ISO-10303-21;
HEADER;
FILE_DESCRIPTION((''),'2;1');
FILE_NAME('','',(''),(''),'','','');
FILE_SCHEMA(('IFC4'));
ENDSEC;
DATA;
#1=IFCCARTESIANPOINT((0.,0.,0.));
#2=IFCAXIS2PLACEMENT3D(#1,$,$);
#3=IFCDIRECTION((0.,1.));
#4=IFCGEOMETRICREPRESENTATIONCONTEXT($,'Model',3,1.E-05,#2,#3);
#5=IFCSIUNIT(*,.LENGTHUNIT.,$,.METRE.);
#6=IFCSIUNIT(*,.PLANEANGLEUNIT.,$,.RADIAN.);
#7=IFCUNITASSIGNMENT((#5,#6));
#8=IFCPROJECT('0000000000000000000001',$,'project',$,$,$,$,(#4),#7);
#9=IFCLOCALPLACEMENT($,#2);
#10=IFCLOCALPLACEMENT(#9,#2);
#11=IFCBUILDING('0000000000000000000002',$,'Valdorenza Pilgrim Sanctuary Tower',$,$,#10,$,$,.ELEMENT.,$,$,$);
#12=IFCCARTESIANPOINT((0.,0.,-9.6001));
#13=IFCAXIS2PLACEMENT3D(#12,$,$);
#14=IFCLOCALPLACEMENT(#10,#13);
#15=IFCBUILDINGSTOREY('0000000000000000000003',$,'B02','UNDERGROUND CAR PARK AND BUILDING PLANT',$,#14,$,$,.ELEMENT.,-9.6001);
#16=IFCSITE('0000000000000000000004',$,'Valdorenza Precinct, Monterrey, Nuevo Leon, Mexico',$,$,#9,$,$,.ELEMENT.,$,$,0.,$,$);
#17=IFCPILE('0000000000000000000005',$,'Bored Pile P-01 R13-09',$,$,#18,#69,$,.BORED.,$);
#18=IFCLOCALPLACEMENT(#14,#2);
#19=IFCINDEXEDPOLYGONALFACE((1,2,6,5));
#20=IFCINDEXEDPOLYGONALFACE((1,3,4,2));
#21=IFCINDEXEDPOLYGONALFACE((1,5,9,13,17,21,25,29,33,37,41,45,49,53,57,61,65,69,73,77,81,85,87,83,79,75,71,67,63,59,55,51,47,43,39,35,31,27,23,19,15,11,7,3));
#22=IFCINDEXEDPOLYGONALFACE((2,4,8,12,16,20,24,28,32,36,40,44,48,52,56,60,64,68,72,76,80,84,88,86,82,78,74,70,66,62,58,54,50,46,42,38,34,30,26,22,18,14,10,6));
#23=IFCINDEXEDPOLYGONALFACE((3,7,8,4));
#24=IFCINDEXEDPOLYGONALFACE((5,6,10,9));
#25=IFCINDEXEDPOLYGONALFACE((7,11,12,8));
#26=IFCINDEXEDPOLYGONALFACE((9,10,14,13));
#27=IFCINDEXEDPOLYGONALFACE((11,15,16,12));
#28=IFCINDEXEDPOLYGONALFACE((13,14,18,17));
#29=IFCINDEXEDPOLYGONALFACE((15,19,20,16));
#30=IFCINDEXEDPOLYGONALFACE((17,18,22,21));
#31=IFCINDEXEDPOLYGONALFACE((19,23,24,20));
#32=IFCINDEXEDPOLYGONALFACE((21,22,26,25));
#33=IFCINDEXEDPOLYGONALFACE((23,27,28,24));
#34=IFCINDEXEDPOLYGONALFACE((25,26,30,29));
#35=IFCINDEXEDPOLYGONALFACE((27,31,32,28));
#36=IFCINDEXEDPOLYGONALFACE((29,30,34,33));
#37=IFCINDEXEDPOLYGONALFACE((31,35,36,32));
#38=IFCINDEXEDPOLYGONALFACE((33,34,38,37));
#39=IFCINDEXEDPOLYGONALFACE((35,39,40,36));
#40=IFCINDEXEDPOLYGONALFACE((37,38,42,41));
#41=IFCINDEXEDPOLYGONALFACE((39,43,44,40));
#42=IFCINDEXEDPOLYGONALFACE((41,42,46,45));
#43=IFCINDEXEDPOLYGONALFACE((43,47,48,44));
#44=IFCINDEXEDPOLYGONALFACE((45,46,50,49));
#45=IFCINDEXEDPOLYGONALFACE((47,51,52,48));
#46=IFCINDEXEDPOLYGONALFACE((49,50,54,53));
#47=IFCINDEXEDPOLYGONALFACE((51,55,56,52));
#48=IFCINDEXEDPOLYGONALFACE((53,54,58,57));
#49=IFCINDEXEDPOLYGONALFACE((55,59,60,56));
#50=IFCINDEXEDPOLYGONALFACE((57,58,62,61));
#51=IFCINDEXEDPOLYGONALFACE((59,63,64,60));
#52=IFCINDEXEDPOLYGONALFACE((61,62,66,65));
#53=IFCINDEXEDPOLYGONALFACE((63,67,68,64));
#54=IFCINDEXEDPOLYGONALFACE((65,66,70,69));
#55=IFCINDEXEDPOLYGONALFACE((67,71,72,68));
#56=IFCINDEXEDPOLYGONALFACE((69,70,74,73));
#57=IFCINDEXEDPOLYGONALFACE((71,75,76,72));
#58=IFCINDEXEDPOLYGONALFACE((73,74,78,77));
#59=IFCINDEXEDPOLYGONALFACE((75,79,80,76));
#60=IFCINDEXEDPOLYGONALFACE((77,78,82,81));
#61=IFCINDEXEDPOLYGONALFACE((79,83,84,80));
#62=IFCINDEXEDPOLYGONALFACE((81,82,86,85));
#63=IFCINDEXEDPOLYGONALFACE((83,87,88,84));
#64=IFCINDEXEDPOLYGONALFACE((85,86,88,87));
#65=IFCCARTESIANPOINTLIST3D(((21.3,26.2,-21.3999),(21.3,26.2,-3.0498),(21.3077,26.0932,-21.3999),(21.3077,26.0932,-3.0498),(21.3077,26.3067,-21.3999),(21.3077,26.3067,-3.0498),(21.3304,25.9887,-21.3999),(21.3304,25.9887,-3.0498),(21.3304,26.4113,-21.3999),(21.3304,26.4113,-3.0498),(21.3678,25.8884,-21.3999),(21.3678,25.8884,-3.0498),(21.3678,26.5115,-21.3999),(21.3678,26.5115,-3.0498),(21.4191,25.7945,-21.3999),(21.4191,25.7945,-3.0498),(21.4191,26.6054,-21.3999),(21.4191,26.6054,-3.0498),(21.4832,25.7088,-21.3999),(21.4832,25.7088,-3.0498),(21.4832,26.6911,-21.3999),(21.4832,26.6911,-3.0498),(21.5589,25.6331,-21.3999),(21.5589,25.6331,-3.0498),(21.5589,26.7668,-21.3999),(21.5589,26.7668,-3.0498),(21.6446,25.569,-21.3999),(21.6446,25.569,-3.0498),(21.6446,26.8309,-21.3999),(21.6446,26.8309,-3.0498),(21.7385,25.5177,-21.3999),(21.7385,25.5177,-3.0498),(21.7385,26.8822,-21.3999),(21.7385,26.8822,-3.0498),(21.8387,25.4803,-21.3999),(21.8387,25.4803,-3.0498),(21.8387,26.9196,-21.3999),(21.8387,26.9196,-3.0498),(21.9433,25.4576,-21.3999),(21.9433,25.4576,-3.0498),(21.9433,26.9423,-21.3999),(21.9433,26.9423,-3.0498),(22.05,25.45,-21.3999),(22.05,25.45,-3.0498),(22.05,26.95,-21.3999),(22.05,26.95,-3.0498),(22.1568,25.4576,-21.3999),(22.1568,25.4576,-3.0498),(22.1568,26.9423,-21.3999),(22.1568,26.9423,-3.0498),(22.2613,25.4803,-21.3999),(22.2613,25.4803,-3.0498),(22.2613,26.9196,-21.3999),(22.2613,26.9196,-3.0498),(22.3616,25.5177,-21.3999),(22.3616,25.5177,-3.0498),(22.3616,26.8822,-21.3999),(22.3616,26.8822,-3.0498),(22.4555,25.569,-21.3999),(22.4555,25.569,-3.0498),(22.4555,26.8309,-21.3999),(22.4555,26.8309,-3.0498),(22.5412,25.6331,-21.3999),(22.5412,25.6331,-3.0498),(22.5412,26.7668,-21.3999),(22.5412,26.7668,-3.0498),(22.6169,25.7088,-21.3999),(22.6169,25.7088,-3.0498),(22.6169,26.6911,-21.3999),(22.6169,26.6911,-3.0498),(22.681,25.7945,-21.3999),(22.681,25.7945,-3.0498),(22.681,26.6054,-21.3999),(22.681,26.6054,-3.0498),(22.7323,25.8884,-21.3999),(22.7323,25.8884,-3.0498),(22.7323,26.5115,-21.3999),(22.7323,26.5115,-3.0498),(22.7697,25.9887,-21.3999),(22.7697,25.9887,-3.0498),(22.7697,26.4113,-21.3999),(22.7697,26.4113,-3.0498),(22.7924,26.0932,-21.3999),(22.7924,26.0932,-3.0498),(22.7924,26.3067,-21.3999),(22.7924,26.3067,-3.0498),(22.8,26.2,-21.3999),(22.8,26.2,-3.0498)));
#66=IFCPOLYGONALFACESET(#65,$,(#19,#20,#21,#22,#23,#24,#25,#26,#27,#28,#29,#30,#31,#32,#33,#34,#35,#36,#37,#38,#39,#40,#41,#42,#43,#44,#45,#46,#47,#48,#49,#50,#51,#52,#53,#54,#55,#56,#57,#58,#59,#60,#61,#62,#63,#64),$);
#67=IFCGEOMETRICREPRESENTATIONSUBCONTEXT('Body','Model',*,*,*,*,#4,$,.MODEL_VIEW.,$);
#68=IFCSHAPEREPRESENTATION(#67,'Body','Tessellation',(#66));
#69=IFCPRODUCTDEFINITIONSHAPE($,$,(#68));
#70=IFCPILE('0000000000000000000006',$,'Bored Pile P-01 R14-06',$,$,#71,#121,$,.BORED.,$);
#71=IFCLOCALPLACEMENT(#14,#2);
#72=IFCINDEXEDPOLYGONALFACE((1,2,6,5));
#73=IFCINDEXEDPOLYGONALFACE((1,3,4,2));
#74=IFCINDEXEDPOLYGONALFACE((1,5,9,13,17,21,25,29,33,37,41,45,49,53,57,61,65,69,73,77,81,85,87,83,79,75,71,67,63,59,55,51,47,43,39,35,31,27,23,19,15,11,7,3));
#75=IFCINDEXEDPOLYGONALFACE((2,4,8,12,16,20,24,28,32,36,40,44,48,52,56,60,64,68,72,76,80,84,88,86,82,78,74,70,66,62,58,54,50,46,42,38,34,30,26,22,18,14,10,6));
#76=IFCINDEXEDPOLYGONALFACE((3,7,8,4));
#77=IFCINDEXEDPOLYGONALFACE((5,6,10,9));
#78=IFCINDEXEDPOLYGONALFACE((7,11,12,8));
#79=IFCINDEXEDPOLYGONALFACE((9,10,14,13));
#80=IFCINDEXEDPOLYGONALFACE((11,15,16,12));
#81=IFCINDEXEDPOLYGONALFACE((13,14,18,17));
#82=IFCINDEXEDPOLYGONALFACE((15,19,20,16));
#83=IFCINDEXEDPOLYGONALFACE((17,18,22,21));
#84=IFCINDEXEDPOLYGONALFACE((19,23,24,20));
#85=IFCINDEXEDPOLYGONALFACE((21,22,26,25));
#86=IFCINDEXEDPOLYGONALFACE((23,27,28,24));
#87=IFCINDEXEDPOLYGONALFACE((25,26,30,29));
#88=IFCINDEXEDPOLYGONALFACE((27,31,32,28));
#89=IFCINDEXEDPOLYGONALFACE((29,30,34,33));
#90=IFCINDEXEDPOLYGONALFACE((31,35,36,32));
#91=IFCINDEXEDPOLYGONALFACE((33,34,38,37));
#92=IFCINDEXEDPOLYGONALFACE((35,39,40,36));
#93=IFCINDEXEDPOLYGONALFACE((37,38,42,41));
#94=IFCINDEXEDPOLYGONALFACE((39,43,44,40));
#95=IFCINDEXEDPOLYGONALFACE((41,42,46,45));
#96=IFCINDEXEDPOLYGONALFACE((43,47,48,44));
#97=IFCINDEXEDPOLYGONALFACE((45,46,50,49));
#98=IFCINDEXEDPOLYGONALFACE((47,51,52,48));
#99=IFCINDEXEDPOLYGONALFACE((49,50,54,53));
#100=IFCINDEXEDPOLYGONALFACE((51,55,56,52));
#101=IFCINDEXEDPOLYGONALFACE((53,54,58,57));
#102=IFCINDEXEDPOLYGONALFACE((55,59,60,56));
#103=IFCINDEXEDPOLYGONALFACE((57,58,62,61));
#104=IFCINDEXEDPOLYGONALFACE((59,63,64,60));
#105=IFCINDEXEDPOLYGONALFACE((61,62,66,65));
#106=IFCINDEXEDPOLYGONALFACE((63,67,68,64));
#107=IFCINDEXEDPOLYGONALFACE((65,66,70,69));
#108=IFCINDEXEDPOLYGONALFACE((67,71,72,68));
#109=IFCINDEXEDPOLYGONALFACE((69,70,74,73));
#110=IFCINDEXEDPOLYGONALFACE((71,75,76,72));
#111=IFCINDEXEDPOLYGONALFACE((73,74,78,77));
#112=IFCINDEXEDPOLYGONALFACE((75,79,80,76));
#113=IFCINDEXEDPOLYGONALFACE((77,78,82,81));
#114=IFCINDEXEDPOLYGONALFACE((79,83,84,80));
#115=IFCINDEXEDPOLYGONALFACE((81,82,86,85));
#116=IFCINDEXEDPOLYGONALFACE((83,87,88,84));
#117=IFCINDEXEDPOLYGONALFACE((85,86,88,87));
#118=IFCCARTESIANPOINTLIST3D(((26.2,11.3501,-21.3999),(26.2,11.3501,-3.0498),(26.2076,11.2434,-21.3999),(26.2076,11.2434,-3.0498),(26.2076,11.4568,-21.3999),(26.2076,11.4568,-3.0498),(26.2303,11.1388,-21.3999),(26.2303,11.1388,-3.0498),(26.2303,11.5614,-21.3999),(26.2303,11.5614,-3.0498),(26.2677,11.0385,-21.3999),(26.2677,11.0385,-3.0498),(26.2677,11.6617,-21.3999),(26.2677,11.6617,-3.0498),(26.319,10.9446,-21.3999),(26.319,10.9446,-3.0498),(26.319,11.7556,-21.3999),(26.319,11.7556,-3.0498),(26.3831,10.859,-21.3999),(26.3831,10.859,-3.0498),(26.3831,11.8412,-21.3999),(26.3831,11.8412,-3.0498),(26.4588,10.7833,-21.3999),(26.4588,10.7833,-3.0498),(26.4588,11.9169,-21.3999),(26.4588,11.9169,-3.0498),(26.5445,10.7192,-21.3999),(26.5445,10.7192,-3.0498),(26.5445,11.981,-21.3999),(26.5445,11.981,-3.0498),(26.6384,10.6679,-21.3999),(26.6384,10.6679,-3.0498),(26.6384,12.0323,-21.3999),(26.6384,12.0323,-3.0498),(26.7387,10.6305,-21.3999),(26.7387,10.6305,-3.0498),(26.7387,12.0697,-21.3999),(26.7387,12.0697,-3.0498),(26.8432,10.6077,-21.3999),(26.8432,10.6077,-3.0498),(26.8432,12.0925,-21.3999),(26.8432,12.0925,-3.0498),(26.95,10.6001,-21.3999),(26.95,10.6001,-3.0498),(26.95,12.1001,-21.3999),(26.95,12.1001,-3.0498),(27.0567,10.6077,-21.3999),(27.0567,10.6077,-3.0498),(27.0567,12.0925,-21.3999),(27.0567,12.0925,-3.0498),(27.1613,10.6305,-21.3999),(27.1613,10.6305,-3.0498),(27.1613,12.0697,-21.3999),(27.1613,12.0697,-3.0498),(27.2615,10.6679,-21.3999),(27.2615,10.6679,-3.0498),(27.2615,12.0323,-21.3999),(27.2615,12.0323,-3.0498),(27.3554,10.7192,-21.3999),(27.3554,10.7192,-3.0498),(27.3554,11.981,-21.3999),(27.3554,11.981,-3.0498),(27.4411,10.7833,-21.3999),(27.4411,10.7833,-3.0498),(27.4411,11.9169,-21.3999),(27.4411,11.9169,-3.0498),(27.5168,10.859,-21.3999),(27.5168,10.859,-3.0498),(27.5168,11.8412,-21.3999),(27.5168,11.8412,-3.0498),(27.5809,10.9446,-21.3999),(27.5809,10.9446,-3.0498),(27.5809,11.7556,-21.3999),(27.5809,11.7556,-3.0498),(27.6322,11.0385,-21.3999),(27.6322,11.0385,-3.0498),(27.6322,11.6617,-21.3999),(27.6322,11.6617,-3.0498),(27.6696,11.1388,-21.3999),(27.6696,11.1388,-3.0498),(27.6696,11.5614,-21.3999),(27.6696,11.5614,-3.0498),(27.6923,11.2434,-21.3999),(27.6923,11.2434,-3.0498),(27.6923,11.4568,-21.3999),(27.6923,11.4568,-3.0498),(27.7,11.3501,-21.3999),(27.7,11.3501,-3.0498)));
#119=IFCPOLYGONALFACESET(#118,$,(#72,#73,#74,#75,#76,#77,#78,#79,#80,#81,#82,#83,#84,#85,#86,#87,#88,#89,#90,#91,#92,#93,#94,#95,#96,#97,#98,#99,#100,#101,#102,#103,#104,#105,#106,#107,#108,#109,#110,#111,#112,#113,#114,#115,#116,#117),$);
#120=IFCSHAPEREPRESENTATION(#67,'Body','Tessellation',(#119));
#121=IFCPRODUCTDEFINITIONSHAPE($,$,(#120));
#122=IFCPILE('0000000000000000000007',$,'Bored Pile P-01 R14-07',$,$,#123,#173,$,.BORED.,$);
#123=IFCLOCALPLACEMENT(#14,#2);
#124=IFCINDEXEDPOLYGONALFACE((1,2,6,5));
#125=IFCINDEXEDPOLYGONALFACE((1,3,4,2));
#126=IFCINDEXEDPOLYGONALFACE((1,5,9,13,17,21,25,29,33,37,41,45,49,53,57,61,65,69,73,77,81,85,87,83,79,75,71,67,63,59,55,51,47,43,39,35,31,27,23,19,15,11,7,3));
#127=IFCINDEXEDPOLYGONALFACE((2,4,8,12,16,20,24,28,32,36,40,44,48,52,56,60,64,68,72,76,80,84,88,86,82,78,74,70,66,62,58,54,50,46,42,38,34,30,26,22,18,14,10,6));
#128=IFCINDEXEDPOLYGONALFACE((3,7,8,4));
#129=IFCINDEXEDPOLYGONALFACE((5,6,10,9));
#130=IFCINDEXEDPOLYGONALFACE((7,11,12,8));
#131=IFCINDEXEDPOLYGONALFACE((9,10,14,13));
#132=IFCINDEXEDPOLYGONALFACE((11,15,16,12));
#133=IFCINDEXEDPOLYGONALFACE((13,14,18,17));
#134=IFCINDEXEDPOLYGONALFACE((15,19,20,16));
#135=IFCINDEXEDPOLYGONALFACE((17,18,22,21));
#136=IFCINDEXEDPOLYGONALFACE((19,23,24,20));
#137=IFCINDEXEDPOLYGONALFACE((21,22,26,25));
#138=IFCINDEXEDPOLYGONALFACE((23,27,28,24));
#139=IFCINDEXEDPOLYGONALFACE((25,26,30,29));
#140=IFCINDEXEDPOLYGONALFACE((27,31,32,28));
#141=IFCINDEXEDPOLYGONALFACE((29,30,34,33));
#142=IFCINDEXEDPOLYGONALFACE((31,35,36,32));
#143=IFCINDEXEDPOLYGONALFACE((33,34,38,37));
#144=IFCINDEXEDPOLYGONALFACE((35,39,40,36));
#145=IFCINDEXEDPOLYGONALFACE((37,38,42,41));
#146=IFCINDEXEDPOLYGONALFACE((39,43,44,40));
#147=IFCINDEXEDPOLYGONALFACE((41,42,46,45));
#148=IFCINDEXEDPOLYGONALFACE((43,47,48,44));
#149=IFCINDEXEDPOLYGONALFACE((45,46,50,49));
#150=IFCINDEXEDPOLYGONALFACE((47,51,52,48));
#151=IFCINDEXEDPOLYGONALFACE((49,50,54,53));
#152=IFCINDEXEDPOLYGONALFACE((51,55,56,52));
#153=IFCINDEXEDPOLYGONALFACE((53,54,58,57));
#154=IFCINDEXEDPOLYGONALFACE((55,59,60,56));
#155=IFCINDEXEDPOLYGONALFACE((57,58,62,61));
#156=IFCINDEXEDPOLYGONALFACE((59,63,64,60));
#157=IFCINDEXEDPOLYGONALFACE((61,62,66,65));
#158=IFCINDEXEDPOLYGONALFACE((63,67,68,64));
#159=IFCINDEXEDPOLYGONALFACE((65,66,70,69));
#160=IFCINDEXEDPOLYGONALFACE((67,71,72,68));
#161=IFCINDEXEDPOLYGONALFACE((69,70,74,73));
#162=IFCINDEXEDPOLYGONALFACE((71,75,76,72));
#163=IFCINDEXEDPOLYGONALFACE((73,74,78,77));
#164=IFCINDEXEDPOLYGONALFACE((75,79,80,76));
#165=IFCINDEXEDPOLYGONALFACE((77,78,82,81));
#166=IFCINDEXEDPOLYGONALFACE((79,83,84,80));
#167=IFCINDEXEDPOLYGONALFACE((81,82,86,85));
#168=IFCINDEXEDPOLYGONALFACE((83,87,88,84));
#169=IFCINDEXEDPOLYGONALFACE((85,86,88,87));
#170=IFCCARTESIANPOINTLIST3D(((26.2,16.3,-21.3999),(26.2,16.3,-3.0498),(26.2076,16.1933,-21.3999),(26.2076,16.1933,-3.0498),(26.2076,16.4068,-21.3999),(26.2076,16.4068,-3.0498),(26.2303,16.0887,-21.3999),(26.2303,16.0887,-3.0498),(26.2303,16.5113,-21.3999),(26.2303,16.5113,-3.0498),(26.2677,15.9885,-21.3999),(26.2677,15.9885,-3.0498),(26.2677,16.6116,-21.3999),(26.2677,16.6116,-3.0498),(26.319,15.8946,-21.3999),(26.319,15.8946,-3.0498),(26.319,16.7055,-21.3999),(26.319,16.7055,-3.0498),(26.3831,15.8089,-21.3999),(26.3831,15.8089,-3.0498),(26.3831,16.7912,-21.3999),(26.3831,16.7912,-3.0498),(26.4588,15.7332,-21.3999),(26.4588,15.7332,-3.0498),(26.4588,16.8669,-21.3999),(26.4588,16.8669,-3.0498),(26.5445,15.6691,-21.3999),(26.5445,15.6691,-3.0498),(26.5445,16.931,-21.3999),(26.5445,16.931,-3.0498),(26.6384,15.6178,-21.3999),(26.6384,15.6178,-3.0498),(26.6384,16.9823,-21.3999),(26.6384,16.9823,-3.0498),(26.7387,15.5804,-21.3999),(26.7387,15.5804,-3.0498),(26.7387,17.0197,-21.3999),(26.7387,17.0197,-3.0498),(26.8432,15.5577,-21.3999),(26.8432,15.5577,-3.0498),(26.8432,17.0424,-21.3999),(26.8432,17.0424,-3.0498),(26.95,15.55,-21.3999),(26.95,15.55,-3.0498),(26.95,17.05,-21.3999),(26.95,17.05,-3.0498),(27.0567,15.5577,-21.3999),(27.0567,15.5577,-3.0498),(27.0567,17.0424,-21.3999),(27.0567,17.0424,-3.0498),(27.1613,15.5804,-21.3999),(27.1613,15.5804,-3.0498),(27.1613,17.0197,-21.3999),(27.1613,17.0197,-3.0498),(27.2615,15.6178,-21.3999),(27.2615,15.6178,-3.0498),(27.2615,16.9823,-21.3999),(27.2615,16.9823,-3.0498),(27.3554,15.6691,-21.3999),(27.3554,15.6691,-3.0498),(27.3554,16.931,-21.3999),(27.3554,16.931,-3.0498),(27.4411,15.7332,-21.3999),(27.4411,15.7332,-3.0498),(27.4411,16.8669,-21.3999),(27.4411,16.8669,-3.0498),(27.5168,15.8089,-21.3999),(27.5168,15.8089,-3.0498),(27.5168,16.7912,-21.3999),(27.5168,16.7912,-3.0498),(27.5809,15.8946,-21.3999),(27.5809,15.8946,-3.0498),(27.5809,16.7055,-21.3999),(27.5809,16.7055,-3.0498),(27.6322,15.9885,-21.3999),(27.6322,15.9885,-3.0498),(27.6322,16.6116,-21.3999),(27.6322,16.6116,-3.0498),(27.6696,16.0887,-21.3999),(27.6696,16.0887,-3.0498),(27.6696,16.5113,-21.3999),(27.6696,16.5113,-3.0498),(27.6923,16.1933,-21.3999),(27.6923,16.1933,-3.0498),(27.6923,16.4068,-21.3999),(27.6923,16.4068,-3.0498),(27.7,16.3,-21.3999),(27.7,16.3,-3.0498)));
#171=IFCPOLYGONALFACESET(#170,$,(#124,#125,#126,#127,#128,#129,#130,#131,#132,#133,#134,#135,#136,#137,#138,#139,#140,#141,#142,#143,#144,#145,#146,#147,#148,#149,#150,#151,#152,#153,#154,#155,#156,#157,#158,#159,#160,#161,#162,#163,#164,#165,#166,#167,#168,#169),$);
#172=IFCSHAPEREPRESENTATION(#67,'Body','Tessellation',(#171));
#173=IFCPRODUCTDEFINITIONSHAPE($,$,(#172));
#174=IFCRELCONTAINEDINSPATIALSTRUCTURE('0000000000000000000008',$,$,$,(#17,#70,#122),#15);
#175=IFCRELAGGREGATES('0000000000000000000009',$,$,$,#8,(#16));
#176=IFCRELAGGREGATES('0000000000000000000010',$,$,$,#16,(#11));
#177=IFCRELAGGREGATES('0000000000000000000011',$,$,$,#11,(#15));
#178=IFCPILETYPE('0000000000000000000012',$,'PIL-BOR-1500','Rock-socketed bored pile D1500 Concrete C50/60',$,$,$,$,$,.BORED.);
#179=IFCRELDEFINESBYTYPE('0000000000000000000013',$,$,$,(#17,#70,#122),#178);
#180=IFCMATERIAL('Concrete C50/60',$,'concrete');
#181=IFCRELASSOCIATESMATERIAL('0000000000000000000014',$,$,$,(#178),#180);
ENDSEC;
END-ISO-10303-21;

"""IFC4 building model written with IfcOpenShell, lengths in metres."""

from ifc_helpers import new_model, si_unit, direction, frame, origin, origin_2d, place, context, subcontext, project, spatial, circle, extrude, source, transform, mapped, material, material_profile, profile_set, type_object, element, save


model = new_model("IFC4")

# Units and contexts
model_context = context("Model", 3, precision=1e-05, world=origin(), true_north=direction((0.0, 1.0)))
body_context = subcontext(model_context, "Body", "Model", "MODEL_VIEW")
ifc_project = project(units=[si_unit("LENGTHUNIT", "METRE"), si_unit("PLANEANGLEUNIT", "RADIAN")], contexts=[model_context])

# Site, building, storey
site_placement = place(None, origin())
site = spatial("IfcSite", under=ifc_project, at=site_placement, Name="Valdorenza Precinct, Monterrey, Nuevo Leon, Mexico", CompositionType="ELEMENT", RefElevation=0.0)
building_placement = place(site_placement, origin())
building = spatial("IfcBuilding", under=site, at=building_placement, Name="Valdorenza Pilgrim Sanctuary Tower", CompositionType="ELEMENT")
storey_placement = place(building_placement, frame((0.0, 0.0, -9.6001)))
storey = spatial("IfcBuildingStorey", under=building, at=storey_placement, Name="B02", Description="UNDERGROUND CAR PARK AND BUILDING PLANT", CompositionType="ELEMENT", Elevation=-9.6001)

# Piles
ifc_material_1 = material(Name="Concrete C50/60", Category="concrete")
ifc_material_profile_1 = material_profile(ifc_material_1, circle(Radius=0.75, at=origin_2d()), Name="BORED PILE 1500")
ifc_profile_set_1 = profile_set([ifc_material_profile_1], Name="Concrete C50/60")
pile_type = type_object("IfcPileType", Name="PIL-BOR-1500", Description="Rock-socketed bored pile D1500 Concrete C50/60", PredefinedType="BORED", material=ifc_profile_set_1)
shared_shape_1 = source(origin(), body_context, "Body", "SweptSolid", [
    extrude(circle(Radius=0.75, at=origin_2d()), origin(), (0.0, 0.0, 1.0), 18.3501),
])
for number, where, z_axis, x_axis, name in (
    (1, (22.05, 26.2, -3.0498), (0.0, 0.0, -1.0), (1.0, 0.0, 0.0), "Bored Pile P-01 R13-09"),
    (2, (26.95, 11.3501, -3.0498), (0.0, 0.0, -1.0), (1.0, 0.0, 0.0), "Bored Pile P-01 R14-06"),
    (3, (26.95, 16.3, -3.0498), (0.0, 0.0, -1.0), (1.0, 0.0, 0.0), "Bored Pile P-01 R14-07"),
):
    element("IfcPile", number, at=place(storey_placement, frame(where, z_axis=z_axis, x_axis=x_axis)), inside=storey, type_object=pile_type, Name=name, PredefinedType="BORED", context=body_context, shape_type="MappedRepresentation", body=[
        mapped(shared_shape_1, transform((0.0, 0.0, 0.0), x_axis=(1.0, 0.0, 0.0), y_axis=(0.0, 1.0, 0.0), z_axis=(0.0, 0.0, 1.0), scale=1.0)),
    ])

save(model, "model.ifc")
